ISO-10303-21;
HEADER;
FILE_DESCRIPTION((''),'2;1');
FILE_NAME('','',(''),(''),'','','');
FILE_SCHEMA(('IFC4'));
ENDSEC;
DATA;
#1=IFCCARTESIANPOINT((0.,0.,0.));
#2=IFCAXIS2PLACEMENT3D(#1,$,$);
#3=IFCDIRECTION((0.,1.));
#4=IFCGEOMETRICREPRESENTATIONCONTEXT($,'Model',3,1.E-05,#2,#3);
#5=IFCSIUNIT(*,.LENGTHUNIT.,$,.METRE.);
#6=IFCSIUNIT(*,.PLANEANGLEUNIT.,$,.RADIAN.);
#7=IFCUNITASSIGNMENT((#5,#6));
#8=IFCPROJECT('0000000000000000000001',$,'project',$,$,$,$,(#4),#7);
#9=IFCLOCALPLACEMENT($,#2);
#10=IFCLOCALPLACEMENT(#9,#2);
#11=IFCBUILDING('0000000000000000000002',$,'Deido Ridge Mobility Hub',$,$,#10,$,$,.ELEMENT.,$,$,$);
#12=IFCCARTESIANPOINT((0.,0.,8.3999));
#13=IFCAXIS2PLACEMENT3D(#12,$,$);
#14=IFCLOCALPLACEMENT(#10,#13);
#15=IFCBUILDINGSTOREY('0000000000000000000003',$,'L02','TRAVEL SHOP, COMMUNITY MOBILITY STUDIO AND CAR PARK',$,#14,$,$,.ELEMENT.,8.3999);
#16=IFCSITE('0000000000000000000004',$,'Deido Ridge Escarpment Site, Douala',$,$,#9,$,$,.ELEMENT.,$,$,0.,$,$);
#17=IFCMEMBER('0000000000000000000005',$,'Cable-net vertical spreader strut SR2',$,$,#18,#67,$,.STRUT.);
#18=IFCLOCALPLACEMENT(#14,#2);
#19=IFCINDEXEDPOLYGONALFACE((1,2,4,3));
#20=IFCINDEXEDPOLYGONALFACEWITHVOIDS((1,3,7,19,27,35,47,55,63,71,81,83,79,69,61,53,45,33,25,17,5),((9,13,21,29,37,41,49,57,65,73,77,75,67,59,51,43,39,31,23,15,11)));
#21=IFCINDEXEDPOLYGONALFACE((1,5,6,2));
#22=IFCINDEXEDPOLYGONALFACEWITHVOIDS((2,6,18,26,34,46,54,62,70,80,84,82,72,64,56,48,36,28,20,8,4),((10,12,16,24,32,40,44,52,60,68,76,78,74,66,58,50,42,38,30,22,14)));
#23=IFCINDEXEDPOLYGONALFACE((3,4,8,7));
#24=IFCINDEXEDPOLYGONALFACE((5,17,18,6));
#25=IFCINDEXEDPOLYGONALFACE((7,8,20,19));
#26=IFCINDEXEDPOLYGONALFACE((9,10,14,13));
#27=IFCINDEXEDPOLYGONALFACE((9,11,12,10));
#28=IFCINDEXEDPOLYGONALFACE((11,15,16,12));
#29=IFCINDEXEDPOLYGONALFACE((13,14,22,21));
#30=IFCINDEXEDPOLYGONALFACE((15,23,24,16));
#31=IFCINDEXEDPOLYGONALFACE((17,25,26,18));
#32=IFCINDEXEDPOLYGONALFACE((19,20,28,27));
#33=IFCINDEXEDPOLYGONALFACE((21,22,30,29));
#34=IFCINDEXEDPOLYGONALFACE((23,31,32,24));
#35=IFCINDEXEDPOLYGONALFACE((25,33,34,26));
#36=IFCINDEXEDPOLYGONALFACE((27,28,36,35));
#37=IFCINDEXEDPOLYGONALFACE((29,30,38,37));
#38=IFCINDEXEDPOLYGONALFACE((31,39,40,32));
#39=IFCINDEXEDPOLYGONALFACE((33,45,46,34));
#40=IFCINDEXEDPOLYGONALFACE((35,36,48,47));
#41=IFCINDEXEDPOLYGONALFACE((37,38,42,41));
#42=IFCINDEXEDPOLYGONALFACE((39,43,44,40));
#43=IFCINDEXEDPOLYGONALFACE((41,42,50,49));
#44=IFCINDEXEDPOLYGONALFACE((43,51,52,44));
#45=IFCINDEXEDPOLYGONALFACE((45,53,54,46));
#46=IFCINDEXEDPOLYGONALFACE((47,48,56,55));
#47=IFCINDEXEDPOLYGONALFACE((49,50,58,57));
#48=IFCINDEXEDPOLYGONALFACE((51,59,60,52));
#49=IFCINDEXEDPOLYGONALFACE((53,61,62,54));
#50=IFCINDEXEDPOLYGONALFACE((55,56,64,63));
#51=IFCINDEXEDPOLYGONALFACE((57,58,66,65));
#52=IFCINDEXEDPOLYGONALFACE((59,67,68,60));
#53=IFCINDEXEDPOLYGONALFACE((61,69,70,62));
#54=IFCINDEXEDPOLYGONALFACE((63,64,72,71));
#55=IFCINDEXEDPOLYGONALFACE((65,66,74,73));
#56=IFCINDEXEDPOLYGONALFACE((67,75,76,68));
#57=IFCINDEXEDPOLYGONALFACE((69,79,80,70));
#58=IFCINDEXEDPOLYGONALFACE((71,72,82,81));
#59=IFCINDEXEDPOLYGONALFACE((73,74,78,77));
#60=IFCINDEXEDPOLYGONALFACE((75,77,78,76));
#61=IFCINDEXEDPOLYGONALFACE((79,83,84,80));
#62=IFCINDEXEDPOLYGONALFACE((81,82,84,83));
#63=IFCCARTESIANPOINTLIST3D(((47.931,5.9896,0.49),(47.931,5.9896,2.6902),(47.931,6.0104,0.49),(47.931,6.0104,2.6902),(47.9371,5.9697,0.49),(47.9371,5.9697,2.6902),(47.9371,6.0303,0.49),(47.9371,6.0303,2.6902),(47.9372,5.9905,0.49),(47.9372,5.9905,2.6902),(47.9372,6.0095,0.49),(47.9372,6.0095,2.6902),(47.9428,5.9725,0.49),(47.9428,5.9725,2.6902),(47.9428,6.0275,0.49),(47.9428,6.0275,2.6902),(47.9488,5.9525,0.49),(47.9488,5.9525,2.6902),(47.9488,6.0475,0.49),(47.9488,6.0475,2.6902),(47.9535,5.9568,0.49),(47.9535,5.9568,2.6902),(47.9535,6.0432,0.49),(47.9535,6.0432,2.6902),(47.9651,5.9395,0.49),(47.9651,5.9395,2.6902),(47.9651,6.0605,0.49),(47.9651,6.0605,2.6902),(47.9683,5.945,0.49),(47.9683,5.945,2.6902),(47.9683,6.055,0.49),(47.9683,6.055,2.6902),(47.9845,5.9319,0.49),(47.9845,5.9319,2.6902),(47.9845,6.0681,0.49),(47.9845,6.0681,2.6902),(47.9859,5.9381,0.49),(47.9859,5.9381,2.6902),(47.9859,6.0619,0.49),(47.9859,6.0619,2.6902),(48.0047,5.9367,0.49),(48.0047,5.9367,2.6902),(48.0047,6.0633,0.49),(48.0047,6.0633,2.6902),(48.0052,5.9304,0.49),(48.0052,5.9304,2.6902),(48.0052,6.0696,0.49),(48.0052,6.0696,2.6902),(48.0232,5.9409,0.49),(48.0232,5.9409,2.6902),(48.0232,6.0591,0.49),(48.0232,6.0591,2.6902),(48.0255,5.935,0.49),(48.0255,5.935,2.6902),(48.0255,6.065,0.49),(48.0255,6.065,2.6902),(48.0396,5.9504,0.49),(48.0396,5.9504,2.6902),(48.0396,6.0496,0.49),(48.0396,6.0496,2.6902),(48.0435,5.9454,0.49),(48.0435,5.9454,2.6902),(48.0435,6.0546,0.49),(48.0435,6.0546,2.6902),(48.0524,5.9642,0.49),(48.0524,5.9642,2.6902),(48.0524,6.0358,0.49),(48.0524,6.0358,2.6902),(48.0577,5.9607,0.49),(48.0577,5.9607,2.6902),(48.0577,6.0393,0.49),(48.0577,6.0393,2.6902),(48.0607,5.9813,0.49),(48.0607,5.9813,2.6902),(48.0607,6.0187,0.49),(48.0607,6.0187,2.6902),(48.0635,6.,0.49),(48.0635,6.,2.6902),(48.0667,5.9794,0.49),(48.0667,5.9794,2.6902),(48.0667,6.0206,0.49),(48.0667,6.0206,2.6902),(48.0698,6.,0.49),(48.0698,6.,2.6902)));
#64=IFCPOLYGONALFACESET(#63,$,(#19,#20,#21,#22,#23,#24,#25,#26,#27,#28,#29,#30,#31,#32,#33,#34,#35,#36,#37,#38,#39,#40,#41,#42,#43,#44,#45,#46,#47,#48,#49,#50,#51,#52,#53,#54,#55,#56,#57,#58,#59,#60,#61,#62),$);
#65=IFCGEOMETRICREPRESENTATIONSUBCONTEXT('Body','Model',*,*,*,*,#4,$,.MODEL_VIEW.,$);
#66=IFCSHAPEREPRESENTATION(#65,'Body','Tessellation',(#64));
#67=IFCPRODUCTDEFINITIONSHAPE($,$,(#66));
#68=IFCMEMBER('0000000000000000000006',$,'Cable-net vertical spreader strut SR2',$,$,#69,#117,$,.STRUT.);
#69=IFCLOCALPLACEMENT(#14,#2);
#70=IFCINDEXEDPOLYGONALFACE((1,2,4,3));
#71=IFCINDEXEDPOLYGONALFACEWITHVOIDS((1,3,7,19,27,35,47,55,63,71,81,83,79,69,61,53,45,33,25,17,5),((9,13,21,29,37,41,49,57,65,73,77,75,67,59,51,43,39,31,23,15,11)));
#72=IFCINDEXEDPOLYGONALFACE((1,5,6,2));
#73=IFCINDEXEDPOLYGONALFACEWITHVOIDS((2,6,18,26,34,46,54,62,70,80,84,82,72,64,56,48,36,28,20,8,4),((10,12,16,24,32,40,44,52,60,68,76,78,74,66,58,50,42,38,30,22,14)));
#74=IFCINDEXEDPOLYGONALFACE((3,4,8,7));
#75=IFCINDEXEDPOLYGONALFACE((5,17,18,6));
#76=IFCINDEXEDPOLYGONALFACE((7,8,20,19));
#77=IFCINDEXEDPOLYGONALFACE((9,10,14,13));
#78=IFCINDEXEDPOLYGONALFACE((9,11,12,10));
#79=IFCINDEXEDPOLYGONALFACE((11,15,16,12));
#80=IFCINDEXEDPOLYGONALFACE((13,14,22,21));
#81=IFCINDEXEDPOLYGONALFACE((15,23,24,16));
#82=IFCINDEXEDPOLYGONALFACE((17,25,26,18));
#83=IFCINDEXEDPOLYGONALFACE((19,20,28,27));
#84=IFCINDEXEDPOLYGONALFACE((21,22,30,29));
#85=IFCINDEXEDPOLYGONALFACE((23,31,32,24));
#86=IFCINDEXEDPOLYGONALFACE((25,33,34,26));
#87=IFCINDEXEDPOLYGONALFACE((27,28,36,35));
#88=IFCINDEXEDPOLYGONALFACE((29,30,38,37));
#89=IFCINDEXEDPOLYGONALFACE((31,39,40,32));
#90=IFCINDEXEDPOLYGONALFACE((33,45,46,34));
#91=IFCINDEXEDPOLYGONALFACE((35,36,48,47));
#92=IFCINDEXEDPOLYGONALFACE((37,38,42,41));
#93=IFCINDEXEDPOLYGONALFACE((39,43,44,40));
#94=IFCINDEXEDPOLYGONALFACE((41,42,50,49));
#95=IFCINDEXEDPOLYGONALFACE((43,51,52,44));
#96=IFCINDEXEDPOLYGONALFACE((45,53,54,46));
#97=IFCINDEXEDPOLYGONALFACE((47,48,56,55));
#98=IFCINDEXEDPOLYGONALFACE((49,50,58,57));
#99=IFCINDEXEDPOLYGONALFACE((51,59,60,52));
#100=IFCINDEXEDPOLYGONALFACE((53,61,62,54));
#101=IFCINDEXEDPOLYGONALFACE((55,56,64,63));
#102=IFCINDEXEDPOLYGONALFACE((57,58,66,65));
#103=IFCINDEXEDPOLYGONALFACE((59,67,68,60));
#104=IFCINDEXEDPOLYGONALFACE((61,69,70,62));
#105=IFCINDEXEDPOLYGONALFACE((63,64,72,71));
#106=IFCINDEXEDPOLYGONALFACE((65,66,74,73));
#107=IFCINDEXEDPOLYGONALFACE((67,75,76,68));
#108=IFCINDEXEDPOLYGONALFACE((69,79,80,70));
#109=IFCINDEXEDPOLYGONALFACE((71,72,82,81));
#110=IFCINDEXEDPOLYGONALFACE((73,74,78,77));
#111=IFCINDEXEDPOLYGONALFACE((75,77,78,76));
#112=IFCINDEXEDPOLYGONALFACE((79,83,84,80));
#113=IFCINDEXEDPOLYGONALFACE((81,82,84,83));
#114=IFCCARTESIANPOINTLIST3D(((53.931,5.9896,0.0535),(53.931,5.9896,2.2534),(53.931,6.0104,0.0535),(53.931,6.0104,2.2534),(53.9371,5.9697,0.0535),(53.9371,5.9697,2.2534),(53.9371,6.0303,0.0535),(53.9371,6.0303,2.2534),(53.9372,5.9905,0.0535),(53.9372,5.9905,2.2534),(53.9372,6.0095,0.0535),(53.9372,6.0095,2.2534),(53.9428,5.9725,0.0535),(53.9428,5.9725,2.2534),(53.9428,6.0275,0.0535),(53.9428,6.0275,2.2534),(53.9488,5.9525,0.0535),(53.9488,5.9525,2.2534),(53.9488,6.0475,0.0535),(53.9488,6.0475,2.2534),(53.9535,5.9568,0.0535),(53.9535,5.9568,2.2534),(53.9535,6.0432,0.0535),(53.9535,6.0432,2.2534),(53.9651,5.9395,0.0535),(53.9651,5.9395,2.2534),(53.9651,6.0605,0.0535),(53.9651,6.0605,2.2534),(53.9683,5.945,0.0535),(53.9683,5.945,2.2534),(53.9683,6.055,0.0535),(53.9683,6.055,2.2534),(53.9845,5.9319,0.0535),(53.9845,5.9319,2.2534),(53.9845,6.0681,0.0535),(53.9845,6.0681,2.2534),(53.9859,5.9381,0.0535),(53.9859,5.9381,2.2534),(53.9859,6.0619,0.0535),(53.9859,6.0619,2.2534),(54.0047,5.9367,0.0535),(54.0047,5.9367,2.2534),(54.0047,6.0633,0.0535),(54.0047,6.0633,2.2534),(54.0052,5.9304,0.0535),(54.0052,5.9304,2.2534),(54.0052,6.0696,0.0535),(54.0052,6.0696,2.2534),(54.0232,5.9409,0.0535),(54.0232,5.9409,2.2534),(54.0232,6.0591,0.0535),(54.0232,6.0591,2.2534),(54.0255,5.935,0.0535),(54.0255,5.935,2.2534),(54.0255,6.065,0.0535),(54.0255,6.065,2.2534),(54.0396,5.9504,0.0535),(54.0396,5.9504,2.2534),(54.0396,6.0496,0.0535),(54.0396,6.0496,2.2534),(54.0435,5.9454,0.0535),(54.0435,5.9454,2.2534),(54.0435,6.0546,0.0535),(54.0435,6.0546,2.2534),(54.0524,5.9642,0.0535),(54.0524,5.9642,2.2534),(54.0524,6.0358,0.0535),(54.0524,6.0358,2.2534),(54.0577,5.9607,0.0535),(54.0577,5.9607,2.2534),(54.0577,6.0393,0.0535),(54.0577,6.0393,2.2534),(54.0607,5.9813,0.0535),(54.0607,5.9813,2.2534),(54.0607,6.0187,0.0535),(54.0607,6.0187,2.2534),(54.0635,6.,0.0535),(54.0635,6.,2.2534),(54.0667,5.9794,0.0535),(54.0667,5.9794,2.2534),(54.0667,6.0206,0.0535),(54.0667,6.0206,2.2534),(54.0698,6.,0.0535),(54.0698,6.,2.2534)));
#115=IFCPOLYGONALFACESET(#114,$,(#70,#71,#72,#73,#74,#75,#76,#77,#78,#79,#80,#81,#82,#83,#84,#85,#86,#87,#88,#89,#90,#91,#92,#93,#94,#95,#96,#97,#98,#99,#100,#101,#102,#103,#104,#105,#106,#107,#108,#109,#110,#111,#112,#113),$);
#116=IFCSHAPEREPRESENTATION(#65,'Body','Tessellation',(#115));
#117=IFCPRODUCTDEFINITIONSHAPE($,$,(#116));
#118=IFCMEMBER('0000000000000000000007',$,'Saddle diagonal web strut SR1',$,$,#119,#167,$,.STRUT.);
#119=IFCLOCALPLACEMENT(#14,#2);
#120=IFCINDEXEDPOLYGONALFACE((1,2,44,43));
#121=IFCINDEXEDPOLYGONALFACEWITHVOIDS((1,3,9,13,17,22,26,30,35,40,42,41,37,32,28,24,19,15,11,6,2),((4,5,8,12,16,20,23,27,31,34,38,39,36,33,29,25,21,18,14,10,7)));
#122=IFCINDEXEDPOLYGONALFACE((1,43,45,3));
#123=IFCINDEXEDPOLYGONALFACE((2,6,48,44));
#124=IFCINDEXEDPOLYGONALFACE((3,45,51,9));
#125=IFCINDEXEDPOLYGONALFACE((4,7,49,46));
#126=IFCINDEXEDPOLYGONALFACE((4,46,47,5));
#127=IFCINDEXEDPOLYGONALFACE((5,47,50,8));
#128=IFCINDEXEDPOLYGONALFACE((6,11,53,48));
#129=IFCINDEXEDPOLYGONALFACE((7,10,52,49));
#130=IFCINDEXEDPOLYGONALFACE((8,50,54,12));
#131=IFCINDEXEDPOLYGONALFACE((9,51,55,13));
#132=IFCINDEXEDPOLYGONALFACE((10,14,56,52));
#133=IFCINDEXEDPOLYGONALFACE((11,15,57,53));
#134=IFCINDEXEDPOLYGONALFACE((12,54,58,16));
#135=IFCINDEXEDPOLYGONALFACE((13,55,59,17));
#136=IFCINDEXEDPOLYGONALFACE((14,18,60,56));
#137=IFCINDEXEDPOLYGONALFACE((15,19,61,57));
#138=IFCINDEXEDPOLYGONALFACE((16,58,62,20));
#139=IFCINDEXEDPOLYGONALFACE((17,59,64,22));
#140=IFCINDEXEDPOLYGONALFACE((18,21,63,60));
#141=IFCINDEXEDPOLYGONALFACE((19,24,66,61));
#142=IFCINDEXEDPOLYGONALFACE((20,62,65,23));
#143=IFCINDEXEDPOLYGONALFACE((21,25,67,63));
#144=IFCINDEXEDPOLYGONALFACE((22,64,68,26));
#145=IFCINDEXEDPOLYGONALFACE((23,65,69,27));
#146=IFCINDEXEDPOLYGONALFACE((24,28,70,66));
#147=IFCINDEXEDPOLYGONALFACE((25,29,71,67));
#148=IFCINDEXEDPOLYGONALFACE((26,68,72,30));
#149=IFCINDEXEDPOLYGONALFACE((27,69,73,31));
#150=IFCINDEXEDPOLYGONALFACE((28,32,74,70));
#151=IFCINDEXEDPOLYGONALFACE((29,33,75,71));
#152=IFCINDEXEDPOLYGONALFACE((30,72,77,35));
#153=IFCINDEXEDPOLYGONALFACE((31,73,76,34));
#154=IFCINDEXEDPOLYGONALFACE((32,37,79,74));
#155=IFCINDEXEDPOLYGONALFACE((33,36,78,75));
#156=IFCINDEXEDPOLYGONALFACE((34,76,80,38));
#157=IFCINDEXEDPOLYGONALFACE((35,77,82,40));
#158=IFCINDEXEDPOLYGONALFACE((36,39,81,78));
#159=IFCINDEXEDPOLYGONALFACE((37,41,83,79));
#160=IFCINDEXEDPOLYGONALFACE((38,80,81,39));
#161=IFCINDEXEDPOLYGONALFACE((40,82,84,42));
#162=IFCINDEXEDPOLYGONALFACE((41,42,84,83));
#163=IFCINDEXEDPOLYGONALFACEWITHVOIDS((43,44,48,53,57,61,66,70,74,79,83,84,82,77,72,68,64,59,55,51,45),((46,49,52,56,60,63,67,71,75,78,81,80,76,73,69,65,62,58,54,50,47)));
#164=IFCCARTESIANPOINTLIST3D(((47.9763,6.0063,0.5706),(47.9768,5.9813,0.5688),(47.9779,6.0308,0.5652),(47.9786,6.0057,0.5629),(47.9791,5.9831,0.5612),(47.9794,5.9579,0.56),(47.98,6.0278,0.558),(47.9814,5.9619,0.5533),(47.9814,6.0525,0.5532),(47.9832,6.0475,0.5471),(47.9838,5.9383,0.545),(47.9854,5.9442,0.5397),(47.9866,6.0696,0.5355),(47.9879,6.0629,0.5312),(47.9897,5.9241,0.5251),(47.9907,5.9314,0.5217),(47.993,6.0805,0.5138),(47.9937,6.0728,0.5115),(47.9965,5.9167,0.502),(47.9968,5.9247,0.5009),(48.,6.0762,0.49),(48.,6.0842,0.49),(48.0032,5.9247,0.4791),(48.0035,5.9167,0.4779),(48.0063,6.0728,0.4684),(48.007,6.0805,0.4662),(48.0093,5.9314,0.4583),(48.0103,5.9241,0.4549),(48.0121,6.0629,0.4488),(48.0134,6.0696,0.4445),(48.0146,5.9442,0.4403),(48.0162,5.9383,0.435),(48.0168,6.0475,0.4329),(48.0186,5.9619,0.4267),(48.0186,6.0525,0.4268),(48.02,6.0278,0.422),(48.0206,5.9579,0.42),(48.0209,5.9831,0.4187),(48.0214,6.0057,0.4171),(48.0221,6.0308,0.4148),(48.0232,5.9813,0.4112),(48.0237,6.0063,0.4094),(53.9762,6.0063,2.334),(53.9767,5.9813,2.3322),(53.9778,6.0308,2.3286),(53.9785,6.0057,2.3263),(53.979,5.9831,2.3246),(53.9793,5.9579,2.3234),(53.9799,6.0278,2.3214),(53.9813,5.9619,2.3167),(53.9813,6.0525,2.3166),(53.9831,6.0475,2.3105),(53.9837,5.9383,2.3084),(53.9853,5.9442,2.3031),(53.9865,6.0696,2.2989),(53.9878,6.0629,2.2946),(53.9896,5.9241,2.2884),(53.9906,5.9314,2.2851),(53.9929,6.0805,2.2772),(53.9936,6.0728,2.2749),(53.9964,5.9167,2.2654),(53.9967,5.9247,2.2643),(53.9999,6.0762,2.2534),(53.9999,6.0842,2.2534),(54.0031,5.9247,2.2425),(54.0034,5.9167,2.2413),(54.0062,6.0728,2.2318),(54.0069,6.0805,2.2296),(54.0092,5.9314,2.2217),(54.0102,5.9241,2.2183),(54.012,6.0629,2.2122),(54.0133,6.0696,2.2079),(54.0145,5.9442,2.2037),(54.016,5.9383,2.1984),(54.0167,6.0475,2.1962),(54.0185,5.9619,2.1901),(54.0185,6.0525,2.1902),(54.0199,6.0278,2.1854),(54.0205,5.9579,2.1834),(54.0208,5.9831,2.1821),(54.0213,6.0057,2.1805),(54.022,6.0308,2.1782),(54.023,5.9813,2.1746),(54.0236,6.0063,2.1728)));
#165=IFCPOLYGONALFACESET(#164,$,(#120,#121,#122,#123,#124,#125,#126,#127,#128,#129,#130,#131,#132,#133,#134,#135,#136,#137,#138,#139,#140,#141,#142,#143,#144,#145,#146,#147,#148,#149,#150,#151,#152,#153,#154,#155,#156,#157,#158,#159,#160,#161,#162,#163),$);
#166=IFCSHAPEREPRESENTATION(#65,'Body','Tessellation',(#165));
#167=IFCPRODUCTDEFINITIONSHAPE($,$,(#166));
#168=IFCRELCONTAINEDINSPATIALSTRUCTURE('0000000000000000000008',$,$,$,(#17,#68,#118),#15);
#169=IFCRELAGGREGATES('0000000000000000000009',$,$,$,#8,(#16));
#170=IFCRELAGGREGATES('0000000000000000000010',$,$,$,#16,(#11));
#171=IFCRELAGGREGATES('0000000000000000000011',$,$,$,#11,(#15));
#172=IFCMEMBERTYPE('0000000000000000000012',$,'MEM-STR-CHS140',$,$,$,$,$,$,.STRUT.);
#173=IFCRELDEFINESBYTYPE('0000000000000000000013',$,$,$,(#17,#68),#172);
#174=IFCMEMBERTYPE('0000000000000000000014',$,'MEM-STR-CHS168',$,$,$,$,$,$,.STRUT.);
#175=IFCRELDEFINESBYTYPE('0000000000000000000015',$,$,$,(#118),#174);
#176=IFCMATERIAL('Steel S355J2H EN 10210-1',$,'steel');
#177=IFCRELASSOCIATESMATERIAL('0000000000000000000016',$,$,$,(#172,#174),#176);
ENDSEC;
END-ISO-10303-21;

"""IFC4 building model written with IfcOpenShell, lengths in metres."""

from ifc_helpers import new_model, si_unit, direction, frame, origin, origin_2d, place, context, subcontext, project, spatial, hollow_circle, extrude, material, material_profile, profile_set, type_object, element, save


model = new_model("IFC4")

# Units and contexts
model_context = context("Model", 3, precision=1e-05, world=origin(), true_north=direction((0.0, 1.0)))
body_context = subcontext(model_context, "Body", "Model", "MODEL_VIEW")
ifc_project = project(units=[si_unit("LENGTHUNIT", "METRE"), si_unit("PLANEANGLEUNIT", "RADIAN")], contexts=[model_context])

# Site, building, storey
site_placement = place(None, origin())
site = spatial("IfcSite", under=ifc_project, at=site_placement, Name="Deido Ridge Escarpment Site, Douala", CompositionType="ELEMENT", RefElevation=0.0)
building_placement = place(site_placement, origin())
building = spatial("IfcBuilding", under=site, at=building_placement, Name="Deido Ridge Mobility Hub", CompositionType="ELEMENT")
storey_placement = place(building_placement, frame((0.0, 0.0, 8.3999)))
storey = spatial("IfcBuildingStorey", under=building, at=storey_placement, Name="L02", Description="TRAVEL SHOP, COMMUNITY MOBILITY STUDIO AND CAR PARK", CompositionType="ELEMENT", Elevation=8.3999)

# Shared definitions
ifc_material_1 = material(Name="Steel S355J2H EN 10210-1", Category="steel")

# Members
ifc_material_profile_1 = material_profile(ifc_material_1, hollow_circle(Radius=0.0698, WallThickness=0.0063, at=origin_2d()), Name="CHS 139.7x6.3")
ifc_profile_set_1 = profile_set([ifc_material_profile_1], Name="Steel S355J2H EN 10210-1")
member_type_1 = type_object("IfcMemberType", Name="MEM-STR-CHS140", PredefinedType="STRUT", material=ifc_profile_set_1)
member_1_placement = place(storey_placement, frame((48.0, 6.0, 0.49), z_axis=(0.0, 0.0, 1.0), x_axis=(1.0, 0.0, 0.0)))
element("IfcMember", 1, at=member_1_placement, inside=storey, type_object=member_type_1, Name="Cable-net vertical spreader strut SR2", PredefinedType="STRUT", context=body_context, shape_type="SweptSolid", body=[
    extrude(hollow_circle(Radius=0.0698, WallThickness=0.0063, at=origin_2d()), origin(), (0.0, 0.0, 1.0), 2.2002),
])
member_2_placement = place(storey_placement, frame((54.0, 6.0, 0.0535), z_axis=(0.0, 0.0, 1.0), x_axis=(1.0, 0.0, 0.0)))
element("IfcMember", 2, at=member_2_placement, inside=storey, type_object=member_type_1, Name="Cable-net vertical spreader strut SR2", PredefinedType="STRUT", context=body_context, shape_type="SweptSolid", body=[
    extrude(hollow_circle(Radius=0.0698, WallThickness=0.0063, at=origin_2d()), origin(), (0.0, 0.0, 1.0), 2.2),
])
ifc_material_profile_2 = material_profile(ifc_material_1, hollow_circle(Radius=0.0842, WallThickness=0.0081, at=origin_2d()), Name="CHS 168.3x8")
ifc_profile_set_2 = profile_set([ifc_material_profile_2], Name="Steel S355J2H EN 10210-1")
member_type_2 = type_object("IfcMemberType", Name="MEM-STR-CHS168", PredefinedType="STRUT", material=ifc_profile_set_2)
member_3_placement = place(storey_placement, frame((48.0, 6.0, 0.49), z_axis=(0.959421, 0.0, 0.281978), x_axis=(0.0, 1.0, 0.0)))
element("IfcMember", 3, at=member_3_placement, inside=storey, type_object=member_type_2, Name="Saddle diagonal web strut SR1", PredefinedType="STRUT", context=body_context, shape_type="SweptSolid", body=[
    extrude(hollow_circle(Radius=0.0842, WallThickness=0.0081, at=origin_2d()), origin(), (0.0, 0.0, 1.0), 6.2537),
])

save(model, "model.ifc")
